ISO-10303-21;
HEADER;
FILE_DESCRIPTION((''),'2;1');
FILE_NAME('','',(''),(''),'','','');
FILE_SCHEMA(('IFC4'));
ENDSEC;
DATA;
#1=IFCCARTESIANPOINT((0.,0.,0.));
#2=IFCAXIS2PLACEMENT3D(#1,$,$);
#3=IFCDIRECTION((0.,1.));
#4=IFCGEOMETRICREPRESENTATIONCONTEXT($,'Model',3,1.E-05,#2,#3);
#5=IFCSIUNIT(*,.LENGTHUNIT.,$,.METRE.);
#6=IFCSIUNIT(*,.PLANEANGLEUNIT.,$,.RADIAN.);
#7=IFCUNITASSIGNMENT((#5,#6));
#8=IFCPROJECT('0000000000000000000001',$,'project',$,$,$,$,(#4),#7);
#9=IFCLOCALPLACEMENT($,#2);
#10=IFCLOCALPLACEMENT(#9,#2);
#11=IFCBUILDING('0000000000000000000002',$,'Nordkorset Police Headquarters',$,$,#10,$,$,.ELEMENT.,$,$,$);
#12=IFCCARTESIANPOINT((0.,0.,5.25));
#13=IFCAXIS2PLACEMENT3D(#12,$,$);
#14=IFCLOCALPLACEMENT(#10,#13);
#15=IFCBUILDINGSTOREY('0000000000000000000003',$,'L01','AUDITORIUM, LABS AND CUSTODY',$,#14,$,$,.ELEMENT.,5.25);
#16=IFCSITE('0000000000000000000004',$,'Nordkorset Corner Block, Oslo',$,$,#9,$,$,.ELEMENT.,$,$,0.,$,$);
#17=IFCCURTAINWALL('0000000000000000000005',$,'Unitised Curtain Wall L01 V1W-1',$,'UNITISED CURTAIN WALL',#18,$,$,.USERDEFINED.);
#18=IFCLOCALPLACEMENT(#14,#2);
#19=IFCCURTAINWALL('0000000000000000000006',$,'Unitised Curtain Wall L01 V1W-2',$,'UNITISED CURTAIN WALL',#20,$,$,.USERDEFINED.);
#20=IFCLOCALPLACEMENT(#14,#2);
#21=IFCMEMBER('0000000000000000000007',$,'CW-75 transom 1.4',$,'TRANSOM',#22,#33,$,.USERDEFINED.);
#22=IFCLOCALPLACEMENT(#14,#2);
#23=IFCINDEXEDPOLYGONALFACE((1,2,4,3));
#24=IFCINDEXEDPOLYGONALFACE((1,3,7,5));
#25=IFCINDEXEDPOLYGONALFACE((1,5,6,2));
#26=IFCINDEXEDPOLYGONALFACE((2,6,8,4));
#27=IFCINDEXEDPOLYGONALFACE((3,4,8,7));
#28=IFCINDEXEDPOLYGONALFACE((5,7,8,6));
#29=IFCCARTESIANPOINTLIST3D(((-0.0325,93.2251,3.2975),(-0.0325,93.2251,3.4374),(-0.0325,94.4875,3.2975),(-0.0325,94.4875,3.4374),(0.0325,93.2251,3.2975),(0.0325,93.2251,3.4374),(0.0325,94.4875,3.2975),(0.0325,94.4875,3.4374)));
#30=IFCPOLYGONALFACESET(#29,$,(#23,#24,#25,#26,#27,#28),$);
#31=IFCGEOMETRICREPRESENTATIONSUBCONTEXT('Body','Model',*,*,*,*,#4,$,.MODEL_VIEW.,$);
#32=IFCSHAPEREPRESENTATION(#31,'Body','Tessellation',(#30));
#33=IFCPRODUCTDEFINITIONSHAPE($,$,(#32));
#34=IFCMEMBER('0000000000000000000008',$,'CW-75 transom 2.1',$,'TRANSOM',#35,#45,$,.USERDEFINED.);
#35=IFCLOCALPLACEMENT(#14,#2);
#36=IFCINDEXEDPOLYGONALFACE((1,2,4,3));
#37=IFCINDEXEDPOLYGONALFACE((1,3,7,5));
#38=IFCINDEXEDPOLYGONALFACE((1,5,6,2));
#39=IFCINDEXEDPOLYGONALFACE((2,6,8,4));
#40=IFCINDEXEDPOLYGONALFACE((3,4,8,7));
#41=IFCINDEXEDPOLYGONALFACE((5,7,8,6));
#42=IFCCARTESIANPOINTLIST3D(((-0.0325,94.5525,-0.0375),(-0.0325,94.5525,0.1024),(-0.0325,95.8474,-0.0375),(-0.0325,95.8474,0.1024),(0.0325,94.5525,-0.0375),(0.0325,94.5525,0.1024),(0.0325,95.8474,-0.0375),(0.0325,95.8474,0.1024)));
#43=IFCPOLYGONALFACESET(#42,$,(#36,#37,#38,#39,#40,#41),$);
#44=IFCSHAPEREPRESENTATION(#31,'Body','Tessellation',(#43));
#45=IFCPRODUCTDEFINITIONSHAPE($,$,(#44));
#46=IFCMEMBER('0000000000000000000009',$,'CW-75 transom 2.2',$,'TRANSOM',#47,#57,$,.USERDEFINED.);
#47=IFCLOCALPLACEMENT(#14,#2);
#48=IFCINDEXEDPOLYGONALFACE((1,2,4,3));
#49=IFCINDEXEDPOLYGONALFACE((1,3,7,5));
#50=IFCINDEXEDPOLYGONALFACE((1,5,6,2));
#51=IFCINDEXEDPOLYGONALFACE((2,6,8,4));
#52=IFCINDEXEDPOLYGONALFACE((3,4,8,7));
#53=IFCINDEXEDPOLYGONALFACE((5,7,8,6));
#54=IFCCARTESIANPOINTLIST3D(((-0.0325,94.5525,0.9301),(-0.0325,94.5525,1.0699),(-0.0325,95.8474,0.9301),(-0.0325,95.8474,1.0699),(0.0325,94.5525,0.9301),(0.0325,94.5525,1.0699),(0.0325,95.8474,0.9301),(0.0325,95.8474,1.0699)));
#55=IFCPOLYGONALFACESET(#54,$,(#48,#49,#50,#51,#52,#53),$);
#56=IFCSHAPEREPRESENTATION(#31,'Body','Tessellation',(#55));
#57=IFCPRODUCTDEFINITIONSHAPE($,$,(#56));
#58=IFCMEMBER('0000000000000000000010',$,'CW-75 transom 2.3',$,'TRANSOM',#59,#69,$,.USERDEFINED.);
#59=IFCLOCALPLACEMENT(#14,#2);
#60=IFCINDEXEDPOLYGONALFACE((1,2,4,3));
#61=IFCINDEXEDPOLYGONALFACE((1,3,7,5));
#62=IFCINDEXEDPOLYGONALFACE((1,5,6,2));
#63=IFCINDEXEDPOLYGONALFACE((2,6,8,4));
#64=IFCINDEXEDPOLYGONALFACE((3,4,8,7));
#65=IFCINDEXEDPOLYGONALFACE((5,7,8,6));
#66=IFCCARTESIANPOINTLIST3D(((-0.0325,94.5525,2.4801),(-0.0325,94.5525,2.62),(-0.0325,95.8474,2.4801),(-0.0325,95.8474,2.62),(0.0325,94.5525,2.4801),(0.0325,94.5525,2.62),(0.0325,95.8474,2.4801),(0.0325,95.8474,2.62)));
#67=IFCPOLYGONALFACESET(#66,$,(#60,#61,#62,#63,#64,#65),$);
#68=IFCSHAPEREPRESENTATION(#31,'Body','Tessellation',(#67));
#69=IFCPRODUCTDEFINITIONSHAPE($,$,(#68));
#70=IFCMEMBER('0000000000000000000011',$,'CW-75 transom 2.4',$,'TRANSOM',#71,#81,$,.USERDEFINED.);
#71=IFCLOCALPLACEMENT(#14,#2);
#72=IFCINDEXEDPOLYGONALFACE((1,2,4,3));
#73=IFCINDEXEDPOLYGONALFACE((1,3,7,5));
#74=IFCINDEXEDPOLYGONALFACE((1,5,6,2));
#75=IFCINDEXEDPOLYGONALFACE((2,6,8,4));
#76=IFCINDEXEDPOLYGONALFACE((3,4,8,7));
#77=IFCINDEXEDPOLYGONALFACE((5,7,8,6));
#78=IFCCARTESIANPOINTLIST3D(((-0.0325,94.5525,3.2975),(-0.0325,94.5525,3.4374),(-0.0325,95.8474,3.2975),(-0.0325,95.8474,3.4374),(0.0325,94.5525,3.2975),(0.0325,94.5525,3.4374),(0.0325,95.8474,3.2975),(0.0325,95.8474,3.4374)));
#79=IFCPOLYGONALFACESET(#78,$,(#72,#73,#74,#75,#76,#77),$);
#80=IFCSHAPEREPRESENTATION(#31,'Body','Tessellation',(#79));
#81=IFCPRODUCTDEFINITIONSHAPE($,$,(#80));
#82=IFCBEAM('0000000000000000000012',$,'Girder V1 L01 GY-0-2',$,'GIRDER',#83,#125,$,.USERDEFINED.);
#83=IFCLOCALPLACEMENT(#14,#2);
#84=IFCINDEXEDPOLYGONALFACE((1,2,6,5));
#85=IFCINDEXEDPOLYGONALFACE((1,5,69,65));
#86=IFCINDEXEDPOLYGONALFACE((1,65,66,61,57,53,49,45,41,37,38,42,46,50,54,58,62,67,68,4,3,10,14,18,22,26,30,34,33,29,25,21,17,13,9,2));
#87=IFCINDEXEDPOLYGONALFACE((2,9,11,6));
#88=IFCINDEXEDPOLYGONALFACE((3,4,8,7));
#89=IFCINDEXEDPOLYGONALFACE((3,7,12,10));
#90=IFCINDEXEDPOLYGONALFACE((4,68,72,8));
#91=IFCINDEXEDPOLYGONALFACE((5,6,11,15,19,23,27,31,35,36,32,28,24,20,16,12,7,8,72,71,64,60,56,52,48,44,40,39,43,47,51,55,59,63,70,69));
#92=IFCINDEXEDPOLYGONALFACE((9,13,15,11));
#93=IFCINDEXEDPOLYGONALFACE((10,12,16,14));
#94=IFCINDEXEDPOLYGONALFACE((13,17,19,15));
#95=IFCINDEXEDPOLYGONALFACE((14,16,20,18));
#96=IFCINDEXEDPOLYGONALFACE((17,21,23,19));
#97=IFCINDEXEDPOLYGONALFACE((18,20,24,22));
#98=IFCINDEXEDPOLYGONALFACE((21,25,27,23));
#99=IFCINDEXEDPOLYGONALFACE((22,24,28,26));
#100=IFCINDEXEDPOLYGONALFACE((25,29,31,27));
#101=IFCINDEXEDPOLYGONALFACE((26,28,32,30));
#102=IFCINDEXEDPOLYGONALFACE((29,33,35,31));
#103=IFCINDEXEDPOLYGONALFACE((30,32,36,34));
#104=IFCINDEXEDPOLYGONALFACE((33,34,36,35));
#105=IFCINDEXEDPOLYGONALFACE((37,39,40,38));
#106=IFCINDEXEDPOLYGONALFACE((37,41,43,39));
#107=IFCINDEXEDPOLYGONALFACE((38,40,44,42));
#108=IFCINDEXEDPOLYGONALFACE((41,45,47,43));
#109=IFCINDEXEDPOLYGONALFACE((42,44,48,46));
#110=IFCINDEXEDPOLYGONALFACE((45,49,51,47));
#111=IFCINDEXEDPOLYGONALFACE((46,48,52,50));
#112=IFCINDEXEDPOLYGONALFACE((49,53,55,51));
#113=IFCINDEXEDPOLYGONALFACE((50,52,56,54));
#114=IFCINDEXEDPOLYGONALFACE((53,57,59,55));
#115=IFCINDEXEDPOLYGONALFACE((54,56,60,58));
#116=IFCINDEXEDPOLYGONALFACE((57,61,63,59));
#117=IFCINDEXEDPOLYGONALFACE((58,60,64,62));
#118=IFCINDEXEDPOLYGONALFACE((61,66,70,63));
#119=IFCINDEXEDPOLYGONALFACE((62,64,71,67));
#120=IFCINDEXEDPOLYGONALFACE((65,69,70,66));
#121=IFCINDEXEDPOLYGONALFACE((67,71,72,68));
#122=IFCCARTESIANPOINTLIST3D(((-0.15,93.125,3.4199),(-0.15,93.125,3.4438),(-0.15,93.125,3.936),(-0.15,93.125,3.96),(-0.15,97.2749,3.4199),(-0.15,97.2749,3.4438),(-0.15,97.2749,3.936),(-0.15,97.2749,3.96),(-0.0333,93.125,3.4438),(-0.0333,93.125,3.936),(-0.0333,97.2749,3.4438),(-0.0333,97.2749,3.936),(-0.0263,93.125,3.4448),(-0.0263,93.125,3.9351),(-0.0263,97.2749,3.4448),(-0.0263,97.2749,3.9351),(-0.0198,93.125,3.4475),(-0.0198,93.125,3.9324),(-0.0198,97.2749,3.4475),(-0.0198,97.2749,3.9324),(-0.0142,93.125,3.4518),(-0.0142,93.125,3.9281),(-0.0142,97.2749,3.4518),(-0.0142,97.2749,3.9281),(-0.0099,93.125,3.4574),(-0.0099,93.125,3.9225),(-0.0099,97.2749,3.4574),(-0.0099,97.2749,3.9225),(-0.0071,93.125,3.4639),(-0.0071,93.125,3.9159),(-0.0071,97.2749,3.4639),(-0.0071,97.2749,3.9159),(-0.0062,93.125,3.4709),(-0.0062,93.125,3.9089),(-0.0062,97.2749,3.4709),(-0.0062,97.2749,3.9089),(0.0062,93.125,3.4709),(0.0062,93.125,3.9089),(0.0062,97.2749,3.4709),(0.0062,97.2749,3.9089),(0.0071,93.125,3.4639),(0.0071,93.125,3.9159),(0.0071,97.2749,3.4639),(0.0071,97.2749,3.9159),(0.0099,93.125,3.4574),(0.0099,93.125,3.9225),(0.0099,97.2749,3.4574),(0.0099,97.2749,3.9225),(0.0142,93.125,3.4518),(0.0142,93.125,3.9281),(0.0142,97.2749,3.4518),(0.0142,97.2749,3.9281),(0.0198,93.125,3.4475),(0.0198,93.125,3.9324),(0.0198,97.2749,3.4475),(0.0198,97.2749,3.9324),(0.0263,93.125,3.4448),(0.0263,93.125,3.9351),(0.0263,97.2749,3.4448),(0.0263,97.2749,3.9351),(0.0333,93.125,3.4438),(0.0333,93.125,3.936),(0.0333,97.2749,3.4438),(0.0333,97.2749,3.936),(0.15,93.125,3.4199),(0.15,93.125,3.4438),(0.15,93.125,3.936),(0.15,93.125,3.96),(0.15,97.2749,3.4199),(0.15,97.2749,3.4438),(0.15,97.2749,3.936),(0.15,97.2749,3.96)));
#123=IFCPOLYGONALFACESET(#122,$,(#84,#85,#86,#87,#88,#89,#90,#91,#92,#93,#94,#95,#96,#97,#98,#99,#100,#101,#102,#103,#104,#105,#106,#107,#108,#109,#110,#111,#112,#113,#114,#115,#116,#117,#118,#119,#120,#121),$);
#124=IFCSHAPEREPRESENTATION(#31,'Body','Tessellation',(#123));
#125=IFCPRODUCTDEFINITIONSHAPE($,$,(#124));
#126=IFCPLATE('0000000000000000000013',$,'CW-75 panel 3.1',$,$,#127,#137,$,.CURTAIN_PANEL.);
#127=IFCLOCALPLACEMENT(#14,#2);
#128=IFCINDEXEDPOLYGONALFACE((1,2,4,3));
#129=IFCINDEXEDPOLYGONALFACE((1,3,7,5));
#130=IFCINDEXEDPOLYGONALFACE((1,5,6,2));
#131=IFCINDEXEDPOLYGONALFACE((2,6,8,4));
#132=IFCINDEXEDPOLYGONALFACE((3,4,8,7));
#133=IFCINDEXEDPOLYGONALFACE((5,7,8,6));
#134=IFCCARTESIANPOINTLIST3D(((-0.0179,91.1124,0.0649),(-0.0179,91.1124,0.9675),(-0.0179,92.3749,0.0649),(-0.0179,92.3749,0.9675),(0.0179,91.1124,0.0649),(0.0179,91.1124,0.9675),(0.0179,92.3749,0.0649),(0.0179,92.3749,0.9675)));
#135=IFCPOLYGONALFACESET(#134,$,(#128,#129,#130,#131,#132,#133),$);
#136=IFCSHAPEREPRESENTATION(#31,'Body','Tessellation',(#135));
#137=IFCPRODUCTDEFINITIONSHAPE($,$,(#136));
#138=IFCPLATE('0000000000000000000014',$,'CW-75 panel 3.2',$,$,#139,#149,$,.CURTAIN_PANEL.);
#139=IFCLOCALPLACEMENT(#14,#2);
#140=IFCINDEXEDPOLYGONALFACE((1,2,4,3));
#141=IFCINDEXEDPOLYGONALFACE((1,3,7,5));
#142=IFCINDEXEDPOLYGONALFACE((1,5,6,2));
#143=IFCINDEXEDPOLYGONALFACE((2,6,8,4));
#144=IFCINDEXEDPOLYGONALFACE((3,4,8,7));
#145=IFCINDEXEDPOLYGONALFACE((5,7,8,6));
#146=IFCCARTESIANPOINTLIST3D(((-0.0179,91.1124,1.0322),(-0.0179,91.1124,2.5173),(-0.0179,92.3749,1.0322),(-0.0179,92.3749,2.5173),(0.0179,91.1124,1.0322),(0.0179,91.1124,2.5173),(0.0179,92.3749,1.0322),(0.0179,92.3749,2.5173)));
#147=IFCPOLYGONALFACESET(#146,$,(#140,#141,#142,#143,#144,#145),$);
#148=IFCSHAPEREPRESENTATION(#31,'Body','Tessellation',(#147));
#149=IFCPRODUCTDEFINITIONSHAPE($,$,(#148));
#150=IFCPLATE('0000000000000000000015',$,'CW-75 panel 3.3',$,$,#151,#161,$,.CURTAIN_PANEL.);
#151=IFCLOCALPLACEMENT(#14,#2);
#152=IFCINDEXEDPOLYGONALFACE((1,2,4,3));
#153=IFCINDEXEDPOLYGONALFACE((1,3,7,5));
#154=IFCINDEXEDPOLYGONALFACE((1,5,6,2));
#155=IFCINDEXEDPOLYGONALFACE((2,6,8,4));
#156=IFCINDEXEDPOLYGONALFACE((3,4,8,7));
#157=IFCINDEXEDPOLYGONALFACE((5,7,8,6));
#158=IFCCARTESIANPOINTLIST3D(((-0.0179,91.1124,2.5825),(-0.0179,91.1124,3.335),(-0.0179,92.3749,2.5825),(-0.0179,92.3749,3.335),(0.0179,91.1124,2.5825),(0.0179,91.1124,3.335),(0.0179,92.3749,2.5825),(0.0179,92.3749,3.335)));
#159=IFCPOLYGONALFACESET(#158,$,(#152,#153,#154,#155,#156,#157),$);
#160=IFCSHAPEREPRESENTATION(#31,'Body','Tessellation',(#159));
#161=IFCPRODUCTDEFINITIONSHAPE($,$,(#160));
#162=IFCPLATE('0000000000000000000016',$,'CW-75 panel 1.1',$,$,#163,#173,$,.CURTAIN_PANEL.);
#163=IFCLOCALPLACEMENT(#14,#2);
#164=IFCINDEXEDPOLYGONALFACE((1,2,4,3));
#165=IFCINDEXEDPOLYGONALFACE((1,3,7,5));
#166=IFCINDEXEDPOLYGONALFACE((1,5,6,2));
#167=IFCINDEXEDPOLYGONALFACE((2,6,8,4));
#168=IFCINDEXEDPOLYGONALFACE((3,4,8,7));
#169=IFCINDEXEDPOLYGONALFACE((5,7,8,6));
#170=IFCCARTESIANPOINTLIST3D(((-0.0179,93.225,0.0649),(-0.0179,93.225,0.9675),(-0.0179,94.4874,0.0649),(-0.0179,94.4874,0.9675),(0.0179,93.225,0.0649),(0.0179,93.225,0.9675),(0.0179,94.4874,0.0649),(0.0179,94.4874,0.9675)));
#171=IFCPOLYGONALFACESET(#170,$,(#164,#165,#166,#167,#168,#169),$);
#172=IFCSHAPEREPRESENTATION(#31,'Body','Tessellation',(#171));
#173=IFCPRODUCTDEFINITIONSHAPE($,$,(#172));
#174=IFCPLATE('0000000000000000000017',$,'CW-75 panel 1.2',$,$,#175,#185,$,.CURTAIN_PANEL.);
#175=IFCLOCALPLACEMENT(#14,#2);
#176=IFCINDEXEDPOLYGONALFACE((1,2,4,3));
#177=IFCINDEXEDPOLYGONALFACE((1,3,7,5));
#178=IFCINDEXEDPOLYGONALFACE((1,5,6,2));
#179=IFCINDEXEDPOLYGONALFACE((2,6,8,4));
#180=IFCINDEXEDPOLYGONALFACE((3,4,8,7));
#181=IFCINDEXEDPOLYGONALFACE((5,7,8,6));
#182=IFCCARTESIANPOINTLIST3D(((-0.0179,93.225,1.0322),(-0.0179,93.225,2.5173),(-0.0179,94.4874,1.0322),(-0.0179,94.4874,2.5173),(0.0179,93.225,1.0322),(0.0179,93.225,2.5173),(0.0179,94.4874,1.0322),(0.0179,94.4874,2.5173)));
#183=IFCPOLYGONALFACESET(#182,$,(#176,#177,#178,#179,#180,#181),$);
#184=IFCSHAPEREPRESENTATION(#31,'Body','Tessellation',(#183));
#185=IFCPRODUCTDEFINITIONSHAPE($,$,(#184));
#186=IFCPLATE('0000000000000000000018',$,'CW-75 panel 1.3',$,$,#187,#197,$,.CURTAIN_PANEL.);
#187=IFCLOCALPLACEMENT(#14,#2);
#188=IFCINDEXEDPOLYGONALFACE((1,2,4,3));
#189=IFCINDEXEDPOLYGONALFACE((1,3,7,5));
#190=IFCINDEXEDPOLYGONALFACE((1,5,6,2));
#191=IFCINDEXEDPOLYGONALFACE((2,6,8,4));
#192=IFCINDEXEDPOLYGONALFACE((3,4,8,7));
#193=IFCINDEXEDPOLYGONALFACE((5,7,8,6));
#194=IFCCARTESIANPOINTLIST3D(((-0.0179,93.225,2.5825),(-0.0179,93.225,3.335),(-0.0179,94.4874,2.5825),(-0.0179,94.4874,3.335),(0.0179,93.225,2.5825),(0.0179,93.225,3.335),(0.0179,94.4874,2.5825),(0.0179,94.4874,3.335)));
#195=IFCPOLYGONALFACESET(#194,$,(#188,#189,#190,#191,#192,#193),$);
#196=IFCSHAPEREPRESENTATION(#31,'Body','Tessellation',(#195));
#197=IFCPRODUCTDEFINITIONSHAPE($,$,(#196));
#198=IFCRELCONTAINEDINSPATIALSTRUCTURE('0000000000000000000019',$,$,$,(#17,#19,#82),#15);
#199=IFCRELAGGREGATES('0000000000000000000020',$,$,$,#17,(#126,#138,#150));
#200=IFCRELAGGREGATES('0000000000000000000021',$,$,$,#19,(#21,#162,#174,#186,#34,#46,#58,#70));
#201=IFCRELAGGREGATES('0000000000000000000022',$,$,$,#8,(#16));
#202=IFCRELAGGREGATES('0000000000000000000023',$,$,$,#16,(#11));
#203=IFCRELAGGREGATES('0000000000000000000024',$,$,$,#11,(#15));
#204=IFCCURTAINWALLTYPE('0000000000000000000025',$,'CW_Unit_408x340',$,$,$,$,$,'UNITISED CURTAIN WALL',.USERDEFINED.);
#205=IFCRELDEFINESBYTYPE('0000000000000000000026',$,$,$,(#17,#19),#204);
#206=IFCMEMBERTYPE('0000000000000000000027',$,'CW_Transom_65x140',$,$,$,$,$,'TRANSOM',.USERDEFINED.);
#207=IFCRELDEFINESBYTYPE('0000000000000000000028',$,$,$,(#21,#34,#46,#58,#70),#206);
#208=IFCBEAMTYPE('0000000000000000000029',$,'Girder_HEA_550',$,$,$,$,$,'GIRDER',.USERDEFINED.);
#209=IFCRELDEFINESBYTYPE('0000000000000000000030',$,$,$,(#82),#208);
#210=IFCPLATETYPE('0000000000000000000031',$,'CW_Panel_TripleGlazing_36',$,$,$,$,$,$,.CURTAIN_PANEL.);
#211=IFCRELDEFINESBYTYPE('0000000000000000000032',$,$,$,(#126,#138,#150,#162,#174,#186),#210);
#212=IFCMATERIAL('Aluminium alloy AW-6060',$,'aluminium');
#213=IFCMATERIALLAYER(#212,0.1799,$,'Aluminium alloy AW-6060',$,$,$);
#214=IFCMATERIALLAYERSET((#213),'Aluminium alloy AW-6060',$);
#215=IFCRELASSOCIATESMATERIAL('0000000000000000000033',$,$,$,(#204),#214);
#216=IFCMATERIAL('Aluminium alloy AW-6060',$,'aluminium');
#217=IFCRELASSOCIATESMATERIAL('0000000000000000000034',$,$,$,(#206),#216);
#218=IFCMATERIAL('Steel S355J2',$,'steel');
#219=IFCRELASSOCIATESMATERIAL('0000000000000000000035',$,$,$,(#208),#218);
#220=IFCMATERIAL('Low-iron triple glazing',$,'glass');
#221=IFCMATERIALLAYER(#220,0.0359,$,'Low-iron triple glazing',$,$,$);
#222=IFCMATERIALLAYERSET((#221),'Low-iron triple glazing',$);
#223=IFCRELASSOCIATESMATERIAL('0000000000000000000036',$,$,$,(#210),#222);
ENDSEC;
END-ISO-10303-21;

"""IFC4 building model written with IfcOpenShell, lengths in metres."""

from ifc_helpers import new_model, si_unit, direction, frame, origin, origin_2d, place, context, subcontext, project, spatial, rectangle, i_section, extrude, material, layer, layer_set, material_profile, profile_set, type_object, element, aggregate, save


model = new_model("IFC4")

# Units and contexts
model_context = context("Model", 3, precision=1e-05, world=origin(), true_north=direction((0.0, 1.0)))
body_context = subcontext(model_context, "Body", "Model", "MODEL_VIEW")
ifc_project = project(units=[si_unit("LENGTHUNIT", "METRE"), si_unit("PLANEANGLEUNIT", "RADIAN")], contexts=[model_context])

# Site, building, storey
site_placement = place(None, origin())
site = spatial("IfcSite", under=ifc_project, at=site_placement, Name="Nordkorset Corner Block, Oslo", CompositionType="ELEMENT", RefElevation=0.0)
building_placement = place(site_placement, origin())
building = spatial("IfcBuilding", under=site, at=building_placement, Name="Nordkorset Police Headquarters", CompositionType="ELEMENT")
storey_placement = place(building_placement, frame((0.0, 0.0, 5.25)))
storey = spatial("IfcBuildingStorey", under=building, at=storey_placement, Name="L01", Description="AUDITORIUM, LABS AND CUSTODY", CompositionType="ELEMENT", Elevation=5.25)

# Curtain walls
ifc_material_1 = material(Name="Aluminium alloy AW-6060", Category="aluminium")
ifc_layer_1 = layer(ifc_material_1, 0.1799, Name="Aluminium alloy AW-6060")
ifc_layer_set_1 = layer_set([ifc_layer_1], Name="Aluminium alloy AW-6060")
curtain_wall_type = type_object("IfcCurtainWallType", Name="CW_Unit_408x340", ElementType="UNITISED CURTAIN WALL", PredefinedType="USERDEFINED", material=ifc_layer_set_1)
curtain_wall_1_placement = place(storey_placement, origin())
curtain_wall_1 = element("IfcCurtainWall", 1, at=curtain_wall_1_placement, inside=storey, type_object=curtain_wall_type, Name="Unitised Curtain Wall L01 V1W-1", ObjectType="UNITISED CURTAIN WALL", PredefinedType="USERDEFINED")
curtain_wall_2_placement = place(storey_placement, origin())
curtain_wall_2 = element("IfcCurtainWall", 2, at=curtain_wall_2_placement, inside=storey, type_object=curtain_wall_type, Name="Unitised Curtain Wall L01 V1W-2", ObjectType="UNITISED CURTAIN WALL", PredefinedType="USERDEFINED")

# Members
ifc_material_2 = material(Name="Aluminium alloy AW-6060", Category="aluminium")
ifc_material_profile_1 = material_profile(ifc_material_2, rectangle(XDim=0.0649, YDim=0.1399, at=origin_2d()), Name="ALU TRAN 65x140")
ifc_profile_set_1 = profile_set([ifc_material_profile_1], Name="Aluminium alloy AW-6060")
member_type_1 = type_object("IfcMemberType", Name="CW_Transom_65x140", ElementType="TRANSOM", PredefinedType="USERDEFINED", material=ifc_profile_set_1)
member_1_placement = place(storey_placement, frame((0.0, 93.2251, 3.3674), z_axis=(0.0, 1.0, 0.0), x_axis=(-1.0, 0.0, 0.0)))
member_1 = element("IfcMember", 3, at=member_1_placement, type_object=member_type_1, Name="CW-75 transom 1.4", ObjectType="TRANSOM", PredefinedType="USERDEFINED", context=body_context, shape_type="SweptSolid", body=[
    extrude(rectangle(XDim=0.0649, YDim=0.1399, at=origin_2d()), origin(), (0.0, 0.0, 1.0), 1.2625),
])
member_2_placement = place(storey_placement, frame((0.0, 94.5525, 0.0325), z_axis=(0.0, 1.0, 0.0), x_axis=(-1.0, 0.0, 0.0)))
member_2 = element("IfcMember", 4, at=member_2_placement, type_object=member_type_1, Name="CW-75 transom 2.1", ObjectType="TRANSOM", PredefinedType="USERDEFINED", context=body_context, shape_type="SweptSolid", body=[
    extrude(rectangle(XDim=0.0649, YDim=0.1399, at=origin_2d()), origin(), (0.0, 0.0, 1.0), 1.2949),
])
member_3_placement = place(storey_placement, frame((0.0, 94.5525, 1.0), z_axis=(0.0, 1.0, 0.0), x_axis=(-1.0, 0.0, 0.0)))
member_3 = element("IfcMember", 5, at=member_3_placement, type_object=member_type_1, Name="CW-75 transom 2.2", ObjectType="TRANSOM", PredefinedType="USERDEFINED", context=body_context, shape_type="SweptSolid", body=[
    extrude(rectangle(XDim=0.0649, YDim=0.1399, at=origin_2d()), origin(), (0.0, 0.0, 1.0), 1.2949),
])
member_4_placement = place(storey_placement, frame((0.0, 94.5525, 2.55), z_axis=(0.0, 1.0, 0.0), x_axis=(-1.0, 0.0, 0.0)))
member_4 = element("IfcMember", 6, at=member_4_placement, type_object=member_type_1, Name="CW-75 transom 2.3", ObjectType="TRANSOM", PredefinedType="USERDEFINED", context=body_context, shape_type="SweptSolid", body=[
    extrude(rectangle(XDim=0.0649, YDim=0.1399, at=origin_2d()), origin(), (0.0, 0.0, 1.0), 1.2949),
])
member_5_placement = place(storey_placement, frame((0.0, 94.5525, 3.3674), z_axis=(0.0, 1.0, 0.0), x_axis=(-1.0, 0.0, 0.0)))
member_5 = element("IfcMember", 7, at=member_5_placement, type_object=member_type_1, Name="CW-75 transom 2.4", ObjectType="TRANSOM", PredefinedType="USERDEFINED", context=body_context, shape_type="SweptSolid", body=[
    extrude(rectangle(XDim=0.0649, YDim=0.1399, at=origin_2d()), origin(), (0.0, 0.0, 1.0), 1.2949),
])

# Beam
ifc_material_3 = material(Name="Steel S355J2", Category="steel")
ifc_material_profile_2 = material_profile(ifc_material_3, i_section(OverallWidth=0.3, OverallDepth=0.54, WebThickness=0.0125, FlangeThickness=0.0239, FilletRadius=0.0271, at=origin_2d()), Name="HEA 550")
ifc_profile_set_2 = profile_set([ifc_material_profile_2], Name="Steel S355J2")
beam_type = type_object("IfcBeamType", Name="Girder_HEA_550", ElementType="GIRDER", PredefinedType="USERDEFINED", material=ifc_profile_set_2)
beam_placement = place(storey_placement, frame((0.0, 93.125, 3.6899), z_axis=(0.0, 1.0, 0.0), x_axis=(-1.0, 0.0, 0.0)))
element("IfcBeam", 8, at=beam_placement, inside=storey, type_object=beam_type, Name="Girder V1 L01 GY-0-2", ObjectType="GIRDER", PredefinedType="USERDEFINED", context=body_context, shape_type="SweptSolid", body=[
    extrude(i_section(OverallWidth=0.3, OverallDepth=0.54, WebThickness=0.0125, FlangeThickness=0.0239, FilletRadius=0.0271, at=origin_2d()), origin(), (0.0, 0.0, 1.0), 4.1499),
])

# Plates
ifc_material_4 = material(Name="Low-iron triple glazing", Category="glass")
ifc_layer_2 = layer(ifc_material_4, 0.0359, Name="Low-iron triple glazing")
ifc_layer_set_2 = layer_set([ifc_layer_2], Name="Low-iron triple glazing")
plate_type = type_object("IfcPlateType", Name="CW_Panel_TripleGlazing_36", PredefinedType="CURTAIN_PANEL", material=ifc_layer_set_2)
plate_1_placement = place(storey_placement, frame((0.0, 91.7437, 0.0649), z_axis=(0.0, 0.0, 1.0), x_axis=(0.0, 1.0, 0.0)))
plate_1 = element("IfcPlate", 9, at=plate_1_placement, type_object=plate_type, Name="CW-75 panel 3.1", PredefinedType="CURTAIN_PANEL", context=body_context, shape_type="SweptSolid", body=[
    extrude(rectangle(XDim=1.2625, YDim=0.0359, at=origin_2d()), origin(), (0.0, 0.0, 1.0), 0.9026),
])
plate_2_placement = place(storey_placement, frame((0.0, 91.7437, 1.0322), z_axis=(0.0, 0.0, 1.0), x_axis=(0.0, 1.0, 0.0)))
plate_2 = element("IfcPlate", 10, at=plate_2_placement, type_object=plate_type, Name="CW-75 panel 3.2", PredefinedType="CURTAIN_PANEL", context=body_context, shape_type="SweptSolid", body=[
    extrude(rectangle(XDim=1.2625, YDim=0.0359, at=origin_2d()), origin(), (0.0, 0.0, 1.0), 1.4851),
])
plate_3_placement = place(storey_placement, frame((0.0, 91.7437, 2.5825), z_axis=(0.0, 0.0, 1.0), x_axis=(0.0, 1.0, 0.0)))
plate_3 = element("IfcPlate", 11, at=plate_3_placement, type_object=plate_type, Name="CW-75 panel 3.3", PredefinedType="CURTAIN_PANEL", context=body_context, shape_type="SweptSolid", body=[
    extrude(rectangle(XDim=1.2625, YDim=0.0359, at=origin_2d()), origin(), (0.0, 0.0, 1.0), 0.7524),
])
aggregate(curtain_wall_1, [plate_1, plate_2, plate_3])
plate_4_placement = place(storey_placement, frame((0.0, 93.8562, 0.0649), z_axis=(0.0, 0.0, 1.0), x_axis=(0.0, 1.0, 0.0)))
plate_4 = element("IfcPlate", 12, at=plate_4_placement, type_object=plate_type, Name="CW-75 panel 1.1", PredefinedType="CURTAIN_PANEL", context=body_context, shape_type="SweptSolid", body=[
    extrude(rectangle(XDim=1.2625, YDim=0.0359, at=origin_2d()), origin(), (0.0, 0.0, 1.0), 0.9026),
])
plate_5_placement = place(storey_placement, frame((0.0, 93.8562, 1.0322), z_axis=(0.0, 0.0, 1.0), x_axis=(0.0, 1.0, 0.0)))
plate_5 = element("IfcPlate", 13, at=plate_5_placement, type_object=plate_type, Name="CW-75 panel 1.2", PredefinedType="CURTAIN_PANEL", context=body_context, shape_type="SweptSolid", body=[
    extrude(rectangle(XDim=1.2625, YDim=0.0359, at=origin_2d()), origin(), (0.0, 0.0, 1.0), 1.4851),
])
plate_6_placement = place(storey_placement, frame((0.0, 93.8562, 2.5825), z_axis=(0.0, 0.0, 1.0), x_axis=(0.0, 1.0, 0.0)))
plate_6 = element("IfcPlate", 14, at=plate_6_placement, type_object=plate_type, Name="CW-75 panel 1.3", PredefinedType="CURTAIN_PANEL", context=body_context, shape_type="SweptSolid", body=[
    extrude(rectangle(XDim=1.2625, YDim=0.0359, at=origin_2d()), origin(), (0.0, 0.0, 1.0), 0.7524),
])
aggregate(curtain_wall_2, [member_1, plate_4, plate_5, plate_6, member_2, member_3, member_4, member_5])

save(model, "model.ifc")
